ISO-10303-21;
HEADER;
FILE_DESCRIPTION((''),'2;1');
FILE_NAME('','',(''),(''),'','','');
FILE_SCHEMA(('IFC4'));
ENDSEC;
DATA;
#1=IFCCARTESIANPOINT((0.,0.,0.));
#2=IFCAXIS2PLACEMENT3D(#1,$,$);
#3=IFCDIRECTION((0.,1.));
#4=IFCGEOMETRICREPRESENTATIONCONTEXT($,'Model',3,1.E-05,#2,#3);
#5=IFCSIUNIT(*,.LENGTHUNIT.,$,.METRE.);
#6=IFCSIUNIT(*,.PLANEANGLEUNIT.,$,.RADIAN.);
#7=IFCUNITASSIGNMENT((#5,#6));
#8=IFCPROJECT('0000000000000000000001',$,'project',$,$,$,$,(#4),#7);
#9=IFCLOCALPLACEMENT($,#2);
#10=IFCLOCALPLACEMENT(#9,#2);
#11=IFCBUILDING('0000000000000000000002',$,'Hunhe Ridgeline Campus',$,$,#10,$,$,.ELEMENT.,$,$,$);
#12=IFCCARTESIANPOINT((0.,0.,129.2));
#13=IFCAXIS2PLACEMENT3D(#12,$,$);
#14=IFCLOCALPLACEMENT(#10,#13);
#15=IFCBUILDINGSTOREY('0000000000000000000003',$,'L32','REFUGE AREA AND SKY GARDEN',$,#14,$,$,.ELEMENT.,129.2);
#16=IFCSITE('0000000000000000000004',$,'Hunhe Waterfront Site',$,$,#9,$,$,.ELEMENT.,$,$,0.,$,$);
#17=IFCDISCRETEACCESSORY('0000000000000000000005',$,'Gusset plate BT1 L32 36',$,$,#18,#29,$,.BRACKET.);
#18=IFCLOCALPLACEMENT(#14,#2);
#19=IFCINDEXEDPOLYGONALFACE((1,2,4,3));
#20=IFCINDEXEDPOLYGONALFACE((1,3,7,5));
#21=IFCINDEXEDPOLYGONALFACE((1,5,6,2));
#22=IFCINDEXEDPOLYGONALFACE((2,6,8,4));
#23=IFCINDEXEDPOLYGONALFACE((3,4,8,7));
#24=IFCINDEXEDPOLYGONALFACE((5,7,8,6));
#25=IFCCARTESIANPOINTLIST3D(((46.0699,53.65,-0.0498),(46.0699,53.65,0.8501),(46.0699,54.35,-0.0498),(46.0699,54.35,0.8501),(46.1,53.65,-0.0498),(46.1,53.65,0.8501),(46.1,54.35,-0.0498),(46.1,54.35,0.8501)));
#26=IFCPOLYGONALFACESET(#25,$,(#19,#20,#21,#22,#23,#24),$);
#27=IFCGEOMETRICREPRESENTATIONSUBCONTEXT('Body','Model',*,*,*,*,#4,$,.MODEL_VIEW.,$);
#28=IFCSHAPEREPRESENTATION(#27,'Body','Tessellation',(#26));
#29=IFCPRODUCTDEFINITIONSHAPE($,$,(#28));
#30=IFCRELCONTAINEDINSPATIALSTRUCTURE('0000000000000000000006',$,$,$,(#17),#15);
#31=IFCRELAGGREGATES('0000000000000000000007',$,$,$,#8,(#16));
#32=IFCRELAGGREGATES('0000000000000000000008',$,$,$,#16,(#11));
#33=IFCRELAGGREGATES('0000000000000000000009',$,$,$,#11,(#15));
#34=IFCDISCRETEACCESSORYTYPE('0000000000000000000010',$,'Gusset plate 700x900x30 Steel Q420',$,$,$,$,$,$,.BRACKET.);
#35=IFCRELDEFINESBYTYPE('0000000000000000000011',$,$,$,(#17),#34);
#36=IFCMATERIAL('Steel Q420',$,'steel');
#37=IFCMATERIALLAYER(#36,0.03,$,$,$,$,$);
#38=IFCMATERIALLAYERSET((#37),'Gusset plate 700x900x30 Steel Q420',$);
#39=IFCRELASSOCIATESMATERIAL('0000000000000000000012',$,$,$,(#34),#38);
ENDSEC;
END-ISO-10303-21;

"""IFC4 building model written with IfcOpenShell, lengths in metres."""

from ifc_helpers import new_model, si_unit, direction, frame, origin, origin_2d, place, context, subcontext, project, spatial, rectangle, extrude, material, layer, layer_set, type_object, element, save


model = new_model("IFC4")

# Units and contexts
model_context = context("Model", 3, precision=1e-05, world=origin(), true_north=direction((0.0, 1.0)))
body_context = subcontext(model_context, "Body", "Model", "MODEL_VIEW")
ifc_project = project(units=[si_unit("LENGTHUNIT", "METRE"), si_unit("PLANEANGLEUNIT", "RADIAN")], contexts=[model_context])

# Site, building, storey
site_placement = place(None, origin())
site = spatial("IfcSite", under=ifc_project, at=site_placement, Name="Hunhe Waterfront Site", CompositionType="ELEMENT", RefElevation=0.0)
building_placement = place(site_placement, origin())
building = spatial("IfcBuilding", under=site, at=building_placement, Name="Hunhe Ridgeline Campus", CompositionType="ELEMENT")
storey_placement = place(building_placement, frame((0.0, 0.0, 129.2)))
storey = spatial("IfcBuildingStorey", under=building, at=storey_placement, Name="L32", Description="REFUGE AREA AND SKY GARDEN", CompositionType="ELEMENT", Elevation=129.2)

# Shared definitions
ifc_material_1 = material(Name="Steel Q420", Category="steel")

# Discrete accessory
ifc_layer_1 = layer(ifc_material_1, 0.03)
ifc_layer_set_1 = layer_set([ifc_layer_1], Name="Gusset plate 700x900x30 Steel Q420")
discrete_accessory_type_1 = type_object("IfcDiscreteAccessoryType", Name="Gusset plate 700x900x30 Steel Q420", PredefinedType="BRACKET", material=ifc_layer_set_1)
discrete_accessory_1_placement = place(storey_placement, frame((46.085, 54.0, -0.0498), z_axis=(0.0, 0.0, 1.0), x_axis=(-1.0, 0.0, 0.0)))
element("IfcDiscreteAccessory", 1, at=discrete_accessory_1_placement, inside=storey, type_object=discrete_accessory_type_1, Name="Gusset plate BT1 L32 36", PredefinedType="BRACKET", context=body_context, shape_type="SweptSolid", body=[
    extrude(rectangle(XDim=0.03, YDim=0.7, at=origin_2d()), origin(), (0.0, 0.0, 1.0), 0.8999),
])

save(model, "model.ifc")
